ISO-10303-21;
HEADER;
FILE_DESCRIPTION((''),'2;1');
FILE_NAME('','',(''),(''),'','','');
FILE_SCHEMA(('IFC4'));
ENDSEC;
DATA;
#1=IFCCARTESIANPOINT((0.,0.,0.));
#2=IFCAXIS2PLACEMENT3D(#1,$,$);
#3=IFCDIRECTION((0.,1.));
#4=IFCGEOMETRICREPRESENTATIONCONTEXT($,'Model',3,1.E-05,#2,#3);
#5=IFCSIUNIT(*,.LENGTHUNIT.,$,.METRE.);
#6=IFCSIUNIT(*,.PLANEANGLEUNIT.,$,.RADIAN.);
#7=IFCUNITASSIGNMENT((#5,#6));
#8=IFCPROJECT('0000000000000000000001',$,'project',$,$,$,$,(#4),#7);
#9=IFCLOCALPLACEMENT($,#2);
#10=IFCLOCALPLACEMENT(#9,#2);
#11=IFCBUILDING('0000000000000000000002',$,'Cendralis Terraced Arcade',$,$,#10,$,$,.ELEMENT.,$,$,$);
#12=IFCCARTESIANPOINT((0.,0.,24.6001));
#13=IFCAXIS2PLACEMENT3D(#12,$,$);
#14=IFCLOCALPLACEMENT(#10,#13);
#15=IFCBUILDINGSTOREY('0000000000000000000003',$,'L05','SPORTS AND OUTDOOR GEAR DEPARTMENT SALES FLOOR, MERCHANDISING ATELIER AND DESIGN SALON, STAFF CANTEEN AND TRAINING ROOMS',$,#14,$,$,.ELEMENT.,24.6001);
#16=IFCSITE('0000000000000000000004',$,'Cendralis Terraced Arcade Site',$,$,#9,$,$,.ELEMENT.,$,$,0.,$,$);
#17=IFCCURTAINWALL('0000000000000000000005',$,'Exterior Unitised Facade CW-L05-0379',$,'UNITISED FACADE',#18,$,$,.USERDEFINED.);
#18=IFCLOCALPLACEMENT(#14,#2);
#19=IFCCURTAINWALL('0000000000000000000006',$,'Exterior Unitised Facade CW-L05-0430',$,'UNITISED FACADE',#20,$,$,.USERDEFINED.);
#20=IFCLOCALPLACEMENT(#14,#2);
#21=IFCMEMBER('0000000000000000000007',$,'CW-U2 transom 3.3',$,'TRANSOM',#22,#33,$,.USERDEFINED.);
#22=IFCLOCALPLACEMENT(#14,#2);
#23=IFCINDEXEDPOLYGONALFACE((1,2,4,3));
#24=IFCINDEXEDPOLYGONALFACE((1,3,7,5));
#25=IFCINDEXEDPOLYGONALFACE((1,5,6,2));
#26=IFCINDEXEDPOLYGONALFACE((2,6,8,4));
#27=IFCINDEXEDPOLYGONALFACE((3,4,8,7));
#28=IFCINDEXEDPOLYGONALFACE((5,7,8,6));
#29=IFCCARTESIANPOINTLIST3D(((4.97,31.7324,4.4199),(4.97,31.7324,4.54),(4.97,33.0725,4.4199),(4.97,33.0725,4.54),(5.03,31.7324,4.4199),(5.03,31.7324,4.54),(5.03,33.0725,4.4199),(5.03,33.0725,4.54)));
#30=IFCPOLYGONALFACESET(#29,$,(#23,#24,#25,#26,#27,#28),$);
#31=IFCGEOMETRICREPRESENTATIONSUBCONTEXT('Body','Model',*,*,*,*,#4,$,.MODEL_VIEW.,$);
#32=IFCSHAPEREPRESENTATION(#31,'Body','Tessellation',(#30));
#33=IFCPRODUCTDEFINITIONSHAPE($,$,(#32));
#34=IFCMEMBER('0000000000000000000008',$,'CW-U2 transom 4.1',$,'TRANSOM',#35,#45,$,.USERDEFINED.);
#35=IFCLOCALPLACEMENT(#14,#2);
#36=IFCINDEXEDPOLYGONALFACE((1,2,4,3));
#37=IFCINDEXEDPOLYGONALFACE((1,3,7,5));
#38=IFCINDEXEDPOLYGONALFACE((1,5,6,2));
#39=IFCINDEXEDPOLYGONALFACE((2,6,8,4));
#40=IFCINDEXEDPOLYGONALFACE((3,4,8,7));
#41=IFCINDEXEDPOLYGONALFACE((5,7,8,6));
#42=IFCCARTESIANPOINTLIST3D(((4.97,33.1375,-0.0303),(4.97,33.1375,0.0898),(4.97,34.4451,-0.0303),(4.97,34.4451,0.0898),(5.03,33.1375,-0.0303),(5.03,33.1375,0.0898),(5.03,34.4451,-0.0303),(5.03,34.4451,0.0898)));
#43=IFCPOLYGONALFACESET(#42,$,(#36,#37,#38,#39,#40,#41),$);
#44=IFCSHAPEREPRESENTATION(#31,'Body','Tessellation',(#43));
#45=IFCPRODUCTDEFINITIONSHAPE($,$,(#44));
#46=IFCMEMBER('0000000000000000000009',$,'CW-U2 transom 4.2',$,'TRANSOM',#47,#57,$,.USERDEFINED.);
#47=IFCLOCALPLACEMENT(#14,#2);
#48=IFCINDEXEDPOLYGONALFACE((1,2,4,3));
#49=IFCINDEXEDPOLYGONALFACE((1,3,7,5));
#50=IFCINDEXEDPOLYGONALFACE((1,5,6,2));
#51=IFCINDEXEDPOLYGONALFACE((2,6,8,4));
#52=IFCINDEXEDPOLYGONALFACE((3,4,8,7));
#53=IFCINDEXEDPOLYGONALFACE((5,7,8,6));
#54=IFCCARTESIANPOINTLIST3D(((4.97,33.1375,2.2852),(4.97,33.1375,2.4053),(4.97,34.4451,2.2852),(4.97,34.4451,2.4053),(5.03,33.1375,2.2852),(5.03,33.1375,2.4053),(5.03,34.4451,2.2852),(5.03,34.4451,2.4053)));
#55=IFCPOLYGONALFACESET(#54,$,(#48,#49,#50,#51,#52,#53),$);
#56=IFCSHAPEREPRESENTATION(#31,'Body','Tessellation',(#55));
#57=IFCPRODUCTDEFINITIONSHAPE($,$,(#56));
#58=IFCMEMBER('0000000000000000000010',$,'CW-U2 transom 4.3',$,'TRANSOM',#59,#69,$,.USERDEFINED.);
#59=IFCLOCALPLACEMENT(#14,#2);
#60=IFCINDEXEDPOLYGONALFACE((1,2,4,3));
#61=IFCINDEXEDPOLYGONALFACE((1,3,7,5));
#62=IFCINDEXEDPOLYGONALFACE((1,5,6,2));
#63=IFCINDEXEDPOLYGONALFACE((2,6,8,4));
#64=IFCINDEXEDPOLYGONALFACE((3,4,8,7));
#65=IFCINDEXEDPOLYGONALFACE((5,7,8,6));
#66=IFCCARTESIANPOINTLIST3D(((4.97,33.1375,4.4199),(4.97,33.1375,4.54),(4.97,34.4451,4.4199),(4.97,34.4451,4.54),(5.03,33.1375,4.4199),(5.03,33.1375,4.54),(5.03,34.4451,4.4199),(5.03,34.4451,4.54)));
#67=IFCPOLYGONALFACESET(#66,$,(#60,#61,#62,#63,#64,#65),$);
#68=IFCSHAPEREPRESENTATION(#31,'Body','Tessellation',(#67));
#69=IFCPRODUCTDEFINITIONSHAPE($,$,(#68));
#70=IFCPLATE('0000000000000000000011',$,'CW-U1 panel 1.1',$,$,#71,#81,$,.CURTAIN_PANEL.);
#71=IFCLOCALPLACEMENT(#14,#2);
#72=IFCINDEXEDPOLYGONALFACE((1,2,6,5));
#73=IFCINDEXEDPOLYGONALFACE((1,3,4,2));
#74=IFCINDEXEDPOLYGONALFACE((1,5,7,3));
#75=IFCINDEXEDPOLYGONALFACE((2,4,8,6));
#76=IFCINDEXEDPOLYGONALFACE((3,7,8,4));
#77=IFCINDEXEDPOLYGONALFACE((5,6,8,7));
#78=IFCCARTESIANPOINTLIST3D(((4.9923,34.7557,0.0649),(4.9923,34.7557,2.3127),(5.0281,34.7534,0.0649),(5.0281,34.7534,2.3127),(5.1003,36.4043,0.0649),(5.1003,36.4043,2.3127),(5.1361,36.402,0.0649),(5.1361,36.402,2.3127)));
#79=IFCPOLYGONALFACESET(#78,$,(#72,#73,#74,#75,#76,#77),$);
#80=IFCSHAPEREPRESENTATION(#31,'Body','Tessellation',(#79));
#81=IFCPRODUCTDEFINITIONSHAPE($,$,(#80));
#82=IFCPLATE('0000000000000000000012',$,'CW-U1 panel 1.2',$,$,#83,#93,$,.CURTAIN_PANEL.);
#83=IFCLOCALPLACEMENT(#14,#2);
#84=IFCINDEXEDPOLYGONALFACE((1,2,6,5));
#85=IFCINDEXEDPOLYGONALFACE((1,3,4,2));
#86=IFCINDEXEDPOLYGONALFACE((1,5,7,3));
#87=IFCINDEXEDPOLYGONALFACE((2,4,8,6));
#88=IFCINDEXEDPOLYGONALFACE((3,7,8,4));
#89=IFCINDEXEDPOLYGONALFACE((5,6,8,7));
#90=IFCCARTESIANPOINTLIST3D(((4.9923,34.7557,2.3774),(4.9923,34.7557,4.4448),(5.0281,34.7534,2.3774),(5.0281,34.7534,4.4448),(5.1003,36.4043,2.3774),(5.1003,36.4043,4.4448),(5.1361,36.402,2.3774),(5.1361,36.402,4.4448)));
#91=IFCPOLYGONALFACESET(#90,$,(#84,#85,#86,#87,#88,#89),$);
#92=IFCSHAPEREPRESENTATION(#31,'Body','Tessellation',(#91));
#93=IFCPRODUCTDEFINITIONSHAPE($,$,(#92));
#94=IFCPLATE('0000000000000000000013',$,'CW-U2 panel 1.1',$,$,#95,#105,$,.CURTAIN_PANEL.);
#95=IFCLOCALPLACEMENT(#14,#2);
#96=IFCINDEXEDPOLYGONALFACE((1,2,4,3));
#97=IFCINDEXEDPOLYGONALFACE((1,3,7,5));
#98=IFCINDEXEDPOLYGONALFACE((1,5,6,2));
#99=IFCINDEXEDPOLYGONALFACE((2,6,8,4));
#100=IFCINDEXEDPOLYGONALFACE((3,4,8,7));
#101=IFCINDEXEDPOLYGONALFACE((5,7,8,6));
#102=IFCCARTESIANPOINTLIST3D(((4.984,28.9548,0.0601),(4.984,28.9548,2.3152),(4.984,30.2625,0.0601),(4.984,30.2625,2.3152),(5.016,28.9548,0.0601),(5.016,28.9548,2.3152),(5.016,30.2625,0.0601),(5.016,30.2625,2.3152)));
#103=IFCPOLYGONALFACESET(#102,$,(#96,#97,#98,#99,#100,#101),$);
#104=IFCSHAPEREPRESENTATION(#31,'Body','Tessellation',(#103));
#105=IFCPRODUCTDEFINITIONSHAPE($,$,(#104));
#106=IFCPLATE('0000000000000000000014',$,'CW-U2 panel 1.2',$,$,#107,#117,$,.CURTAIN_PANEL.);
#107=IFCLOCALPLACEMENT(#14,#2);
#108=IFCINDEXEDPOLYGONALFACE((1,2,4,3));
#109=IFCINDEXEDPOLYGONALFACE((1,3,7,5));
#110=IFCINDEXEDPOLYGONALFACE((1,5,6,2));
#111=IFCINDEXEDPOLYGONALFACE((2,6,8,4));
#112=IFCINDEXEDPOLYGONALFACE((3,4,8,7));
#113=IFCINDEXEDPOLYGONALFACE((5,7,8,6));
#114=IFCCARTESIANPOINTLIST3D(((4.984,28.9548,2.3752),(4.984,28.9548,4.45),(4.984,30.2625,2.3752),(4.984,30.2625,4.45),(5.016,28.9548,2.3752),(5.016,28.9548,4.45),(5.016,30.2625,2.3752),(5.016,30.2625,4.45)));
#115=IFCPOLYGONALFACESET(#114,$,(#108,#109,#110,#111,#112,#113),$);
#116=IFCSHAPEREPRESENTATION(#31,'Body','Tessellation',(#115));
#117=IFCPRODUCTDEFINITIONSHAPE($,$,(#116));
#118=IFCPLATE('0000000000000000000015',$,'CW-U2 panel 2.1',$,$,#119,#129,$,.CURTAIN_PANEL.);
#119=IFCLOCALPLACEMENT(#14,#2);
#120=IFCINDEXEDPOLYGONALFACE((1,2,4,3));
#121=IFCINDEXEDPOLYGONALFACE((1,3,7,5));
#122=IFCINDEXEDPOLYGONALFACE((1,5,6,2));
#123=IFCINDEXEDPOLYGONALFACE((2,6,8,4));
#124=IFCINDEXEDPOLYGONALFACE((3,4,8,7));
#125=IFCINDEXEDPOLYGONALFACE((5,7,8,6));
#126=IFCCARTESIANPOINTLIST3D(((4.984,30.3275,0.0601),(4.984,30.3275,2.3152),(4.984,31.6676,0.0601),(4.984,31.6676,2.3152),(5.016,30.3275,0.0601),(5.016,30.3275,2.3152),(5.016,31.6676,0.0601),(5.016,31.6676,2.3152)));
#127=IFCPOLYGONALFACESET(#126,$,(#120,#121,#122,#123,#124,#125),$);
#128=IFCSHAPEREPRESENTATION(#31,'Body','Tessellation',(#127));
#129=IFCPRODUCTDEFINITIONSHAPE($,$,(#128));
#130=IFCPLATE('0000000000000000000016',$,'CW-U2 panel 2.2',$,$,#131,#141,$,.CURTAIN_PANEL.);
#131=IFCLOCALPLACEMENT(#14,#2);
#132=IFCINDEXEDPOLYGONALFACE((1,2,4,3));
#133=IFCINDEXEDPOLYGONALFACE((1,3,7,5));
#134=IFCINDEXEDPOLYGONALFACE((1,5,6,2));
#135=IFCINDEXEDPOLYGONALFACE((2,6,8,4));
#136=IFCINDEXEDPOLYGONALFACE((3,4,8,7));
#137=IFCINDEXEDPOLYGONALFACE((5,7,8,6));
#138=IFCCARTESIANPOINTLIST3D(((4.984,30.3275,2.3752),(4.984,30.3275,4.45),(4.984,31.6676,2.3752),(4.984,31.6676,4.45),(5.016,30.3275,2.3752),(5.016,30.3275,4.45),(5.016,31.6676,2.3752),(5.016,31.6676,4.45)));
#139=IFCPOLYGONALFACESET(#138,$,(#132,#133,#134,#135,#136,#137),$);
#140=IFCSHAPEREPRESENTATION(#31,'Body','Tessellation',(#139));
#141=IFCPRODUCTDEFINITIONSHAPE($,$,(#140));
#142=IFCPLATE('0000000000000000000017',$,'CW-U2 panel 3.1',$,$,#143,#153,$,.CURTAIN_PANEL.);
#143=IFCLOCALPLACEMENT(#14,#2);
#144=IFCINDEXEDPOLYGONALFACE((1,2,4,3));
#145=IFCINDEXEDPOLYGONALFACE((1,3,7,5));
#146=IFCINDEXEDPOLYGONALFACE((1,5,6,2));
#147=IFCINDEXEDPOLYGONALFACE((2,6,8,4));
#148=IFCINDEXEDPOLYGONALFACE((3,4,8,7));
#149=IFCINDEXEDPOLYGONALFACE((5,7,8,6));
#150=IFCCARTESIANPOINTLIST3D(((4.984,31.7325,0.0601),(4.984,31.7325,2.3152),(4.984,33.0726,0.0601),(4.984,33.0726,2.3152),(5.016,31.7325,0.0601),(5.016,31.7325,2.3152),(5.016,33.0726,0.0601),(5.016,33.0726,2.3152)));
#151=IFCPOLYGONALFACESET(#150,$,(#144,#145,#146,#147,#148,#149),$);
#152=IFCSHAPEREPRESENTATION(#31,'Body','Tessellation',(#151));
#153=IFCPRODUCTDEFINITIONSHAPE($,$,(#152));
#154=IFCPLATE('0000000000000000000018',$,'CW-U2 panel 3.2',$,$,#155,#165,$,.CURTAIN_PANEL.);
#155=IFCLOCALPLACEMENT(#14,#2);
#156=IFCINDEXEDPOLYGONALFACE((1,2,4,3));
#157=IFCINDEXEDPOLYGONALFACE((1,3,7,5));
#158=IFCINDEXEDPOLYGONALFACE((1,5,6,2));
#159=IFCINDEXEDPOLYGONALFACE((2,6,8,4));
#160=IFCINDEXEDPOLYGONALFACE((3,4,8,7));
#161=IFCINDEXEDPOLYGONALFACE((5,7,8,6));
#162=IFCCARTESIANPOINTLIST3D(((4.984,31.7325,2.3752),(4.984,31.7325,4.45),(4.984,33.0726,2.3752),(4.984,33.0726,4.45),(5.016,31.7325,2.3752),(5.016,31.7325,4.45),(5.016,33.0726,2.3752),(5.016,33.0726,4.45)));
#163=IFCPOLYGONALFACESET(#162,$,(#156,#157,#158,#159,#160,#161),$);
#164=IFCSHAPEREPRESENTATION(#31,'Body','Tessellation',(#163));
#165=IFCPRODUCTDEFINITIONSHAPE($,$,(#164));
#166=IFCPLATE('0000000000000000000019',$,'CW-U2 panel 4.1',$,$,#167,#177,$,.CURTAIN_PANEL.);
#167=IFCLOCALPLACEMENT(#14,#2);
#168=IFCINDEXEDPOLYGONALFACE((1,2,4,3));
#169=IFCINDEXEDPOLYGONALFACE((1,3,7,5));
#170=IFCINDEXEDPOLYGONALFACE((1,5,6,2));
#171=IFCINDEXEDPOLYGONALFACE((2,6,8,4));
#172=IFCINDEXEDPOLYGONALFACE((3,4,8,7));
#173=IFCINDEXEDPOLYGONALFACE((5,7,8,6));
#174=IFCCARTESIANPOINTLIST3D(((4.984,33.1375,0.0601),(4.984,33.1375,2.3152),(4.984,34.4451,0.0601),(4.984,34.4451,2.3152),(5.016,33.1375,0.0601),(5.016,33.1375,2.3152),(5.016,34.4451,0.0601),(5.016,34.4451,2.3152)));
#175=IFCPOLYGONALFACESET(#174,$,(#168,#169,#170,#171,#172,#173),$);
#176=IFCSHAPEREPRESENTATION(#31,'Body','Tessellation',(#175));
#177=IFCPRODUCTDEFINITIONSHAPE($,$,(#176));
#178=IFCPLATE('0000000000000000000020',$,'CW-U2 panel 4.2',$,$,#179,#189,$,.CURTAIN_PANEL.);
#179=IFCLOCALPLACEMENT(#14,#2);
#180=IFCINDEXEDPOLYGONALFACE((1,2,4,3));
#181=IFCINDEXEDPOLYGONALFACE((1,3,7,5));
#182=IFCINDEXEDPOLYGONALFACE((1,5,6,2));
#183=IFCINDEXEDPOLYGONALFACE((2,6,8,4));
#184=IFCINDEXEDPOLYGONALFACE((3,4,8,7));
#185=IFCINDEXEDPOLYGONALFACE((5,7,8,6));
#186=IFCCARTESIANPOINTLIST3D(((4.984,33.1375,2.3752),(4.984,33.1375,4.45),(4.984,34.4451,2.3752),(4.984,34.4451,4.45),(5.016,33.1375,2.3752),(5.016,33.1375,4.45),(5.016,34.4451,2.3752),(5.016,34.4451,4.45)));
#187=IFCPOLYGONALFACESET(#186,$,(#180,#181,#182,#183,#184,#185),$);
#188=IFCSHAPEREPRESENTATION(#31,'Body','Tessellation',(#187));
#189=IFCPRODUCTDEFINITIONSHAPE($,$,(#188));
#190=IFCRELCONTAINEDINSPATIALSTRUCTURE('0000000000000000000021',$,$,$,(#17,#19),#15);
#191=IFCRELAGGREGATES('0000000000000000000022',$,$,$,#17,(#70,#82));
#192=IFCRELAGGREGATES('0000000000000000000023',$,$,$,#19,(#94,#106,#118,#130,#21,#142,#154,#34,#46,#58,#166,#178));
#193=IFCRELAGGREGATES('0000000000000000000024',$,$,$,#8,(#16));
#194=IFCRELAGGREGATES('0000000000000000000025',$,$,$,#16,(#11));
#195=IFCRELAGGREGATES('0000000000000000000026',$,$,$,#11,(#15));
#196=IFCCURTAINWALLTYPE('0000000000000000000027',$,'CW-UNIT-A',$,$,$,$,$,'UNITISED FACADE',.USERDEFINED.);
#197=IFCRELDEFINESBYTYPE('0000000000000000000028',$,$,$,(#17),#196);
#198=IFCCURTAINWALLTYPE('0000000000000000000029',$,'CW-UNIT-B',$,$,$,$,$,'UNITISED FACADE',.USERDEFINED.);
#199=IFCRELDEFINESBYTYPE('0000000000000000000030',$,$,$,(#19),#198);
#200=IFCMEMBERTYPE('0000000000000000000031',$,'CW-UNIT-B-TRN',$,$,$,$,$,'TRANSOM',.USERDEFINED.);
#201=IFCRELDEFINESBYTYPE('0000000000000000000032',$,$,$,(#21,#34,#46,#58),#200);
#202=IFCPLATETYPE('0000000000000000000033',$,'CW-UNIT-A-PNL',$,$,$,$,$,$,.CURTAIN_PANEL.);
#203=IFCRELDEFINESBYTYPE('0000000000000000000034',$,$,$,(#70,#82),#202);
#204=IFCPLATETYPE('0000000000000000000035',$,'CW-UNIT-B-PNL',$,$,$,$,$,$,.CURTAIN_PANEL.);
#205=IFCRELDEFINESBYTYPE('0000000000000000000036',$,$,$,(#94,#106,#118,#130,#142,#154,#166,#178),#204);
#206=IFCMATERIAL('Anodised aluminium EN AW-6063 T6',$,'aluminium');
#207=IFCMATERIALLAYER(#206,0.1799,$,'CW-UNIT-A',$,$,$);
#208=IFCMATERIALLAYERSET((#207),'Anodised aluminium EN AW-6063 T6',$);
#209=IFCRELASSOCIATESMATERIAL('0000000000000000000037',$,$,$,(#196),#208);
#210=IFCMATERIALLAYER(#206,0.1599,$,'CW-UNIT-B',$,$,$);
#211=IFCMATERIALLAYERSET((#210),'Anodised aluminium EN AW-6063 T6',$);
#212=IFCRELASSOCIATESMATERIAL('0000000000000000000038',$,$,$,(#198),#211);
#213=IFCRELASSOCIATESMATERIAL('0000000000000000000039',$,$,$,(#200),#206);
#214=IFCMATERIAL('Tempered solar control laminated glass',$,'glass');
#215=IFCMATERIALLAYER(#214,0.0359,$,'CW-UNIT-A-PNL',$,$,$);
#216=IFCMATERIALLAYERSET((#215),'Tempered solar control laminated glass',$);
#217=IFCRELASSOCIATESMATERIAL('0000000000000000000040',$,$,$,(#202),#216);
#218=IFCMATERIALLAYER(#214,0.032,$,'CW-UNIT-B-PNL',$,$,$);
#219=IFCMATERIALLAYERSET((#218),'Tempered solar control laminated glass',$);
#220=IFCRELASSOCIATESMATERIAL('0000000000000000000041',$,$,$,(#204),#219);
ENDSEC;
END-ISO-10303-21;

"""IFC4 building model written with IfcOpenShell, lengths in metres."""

from ifc_helpers import new_model, si_unit, direction, frame, origin, origin_2d, place, context, subcontext, project, spatial, rectangle, extrude, material, layer, layer_set, material_profile, profile_set, type_object, element, aggregate, save


model = new_model("IFC4")

# Units and contexts
model_context = context("Model", 3, precision=1e-05, world=origin(), true_north=direction((0.0, 1.0)))
body_context = subcontext(model_context, "Body", "Model", "MODEL_VIEW")
ifc_project = project(units=[si_unit("LENGTHUNIT", "METRE"), si_unit("PLANEANGLEUNIT", "RADIAN")], contexts=[model_context])

# Site, building, storey
site_placement = place(None, origin())
site = spatial("IfcSite", under=ifc_project, at=site_placement, Name="Cendralis Terraced Arcade Site", CompositionType="ELEMENT", RefElevation=0.0)
building_placement = place(site_placement, origin())
building = spatial("IfcBuilding", under=site, at=building_placement, Name="Cendralis Terraced Arcade", CompositionType="ELEMENT")
storey_placement = place(building_placement, frame((0.0, 0.0, 24.6001)))
storey = spatial("IfcBuildingStorey", under=building, at=storey_placement, Name="L05", Description="SPORTS AND OUTDOOR GEAR DEPARTMENT SALES FLOOR, MERCHANDISING ATELIER AND DESIGN SALON, STAFF CANTEEN AND TRAINING ROOMS", CompositionType="ELEMENT", Elevation=24.6001)

# Curtain walls, members
ifc_material_1 = material(Name="Anodised aluminium EN AW-6063 T6", Category="aluminium")
ifc_layer_1 = layer(ifc_material_1, 0.1799, Name="CW-UNIT-A")
ifc_layer_set_1 = layer_set([ifc_layer_1], Name="Anodised aluminium EN AW-6063 T6")
curtain_wall_type_1 = type_object("IfcCurtainWallType", Name="CW-UNIT-A", ElementType="UNITISED FACADE", PredefinedType="USERDEFINED", material=ifc_layer_set_1)
curtain_wall_1_placement = place(storey_placement, origin())
curtain_wall_1 = element("IfcCurtainWall", 1, at=curtain_wall_1_placement, inside=storey, type_object=curtain_wall_type_1, Name="Exterior Unitised Facade CW-L05-0379", ObjectType="UNITISED FACADE", PredefinedType="USERDEFINED")
ifc_layer_2 = layer(ifc_material_1, 0.1599, Name="CW-UNIT-B")
ifc_layer_set_2 = layer_set([ifc_layer_2], Name="Anodised aluminium EN AW-6063 T6")
curtain_wall_type_2 = type_object("IfcCurtainWallType", Name="CW-UNIT-B", ElementType="UNITISED FACADE", PredefinedType="USERDEFINED", material=ifc_layer_set_2)
curtain_wall_2_placement = place(storey_placement, origin())
curtain_wall_2 = element("IfcCurtainWall", 2, at=curtain_wall_2_placement, inside=storey, type_object=curtain_wall_type_2, Name="Exterior Unitised Facade CW-L05-0430", ObjectType="UNITISED FACADE", PredefinedType="USERDEFINED")
ifc_material_profile_1 = material_profile(ifc_material_1, rectangle(XDim=0.0601, YDim=0.1201, at=origin_2d()), Name="ALU-TRN-60x120")
ifc_profile_set_1 = profile_set([ifc_material_profile_1], Name="Anodised aluminium EN AW-6063 T6")
member_type_1 = type_object("IfcMemberType", Name="CW-UNIT-B-TRN", ElementType="TRANSOM", PredefinedType="USERDEFINED", material=ifc_profile_set_1)
member_1_placement = place(storey_placement, frame((5.0, 31.7324, 4.48), z_axis=(0.0, 1.0, 0.0), x_axis=(-1.0, 0.0, 0.0)))
member_1 = element("IfcMember", 3, at=member_1_placement, type_object=member_type_1, Name="CW-U2 transom 3.3", ObjectType="TRANSOM", PredefinedType="USERDEFINED", context=body_context, shape_type="SweptSolid", body=[
    extrude(rectangle(XDim=0.0601, YDim=0.1201, at=origin_2d()), origin(), (0.0, 0.0, 1.0), 1.3401),
])
member_2_placement = place(storey_placement, frame((5.0, 33.1375, 0.0298), z_axis=(0.0, 1.0, 0.0), x_axis=(-1.0, 0.0, 0.0)))
member_2 = element("IfcMember", 4, at=member_2_placement, type_object=member_type_1, Name="CW-U2 transom 4.1", ObjectType="TRANSOM", PredefinedType="USERDEFINED", context=body_context, shape_type="SweptSolid", body=[
    extrude(rectangle(XDim=0.0601, YDim=0.1201, at=origin_2d()), origin(), (0.0, 0.0, 1.0), 1.3076),
])
member_3_placement = place(storey_placement, frame((5.0, 33.1375, 2.3452), z_axis=(0.0, 1.0, 0.0), x_axis=(-1.0, 0.0, 0.0)))
member_3 = element("IfcMember", 5, at=member_3_placement, type_object=member_type_1, Name="CW-U2 transom 4.2", ObjectType="TRANSOM", PredefinedType="USERDEFINED", context=body_context, shape_type="SweptSolid", body=[
    extrude(rectangle(XDim=0.0601, YDim=0.1201, at=origin_2d()), origin(), (0.0, 0.0, 1.0), 1.3076),
])
member_4_placement = place(storey_placement, frame((5.0, 33.1375, 4.48), z_axis=(0.0, 1.0, 0.0), x_axis=(-1.0, 0.0, 0.0)))
member_4 = element("IfcMember", 6, at=member_4_placement, type_object=member_type_1, Name="CW-U2 transom 4.3", ObjectType="TRANSOM", PredefinedType="USERDEFINED", context=body_context, shape_type="SweptSolid", body=[
    extrude(rectangle(XDim=0.0601, YDim=0.1201, at=origin_2d()), origin(), (0.0, 0.0, 1.0), 1.3076),
])

# Plates
ifc_material_2 = material(Name="Tempered solar control laminated glass", Category="glass")
ifc_layer_3 = layer(ifc_material_2, 0.0359, Name="CW-UNIT-A-PNL")
ifc_layer_set_3 = layer_set([ifc_layer_3], Name="Tempered solar control laminated glass")
plate_type_1 = type_object("IfcPlateType", Name="CW-UNIT-A-PNL", PredefinedType="CURTAIN_PANEL", material=ifc_layer_set_3)
plate_1_placement = place(storey_placement, frame((5.0642, 35.5789, 0.0649), z_axis=(0.0, 0.0, 1.0), x_axis=(0.065372, 0.997861, 0.0)))
plate_1 = element("IfcPlate", 7, at=plate_1_placement, type_object=plate_type_1, Name="CW-U1 panel 1.1", PredefinedType="CURTAIN_PANEL", context=body_context, shape_type="SweptSolid", body=[
    extrude(rectangle(XDim=1.6521, YDim=0.0359, at=origin_2d()), origin(), (0.0, 0.0, 1.0), 2.2478),
])
plate_2_placement = place(storey_placement, frame((5.0642, 35.5789, 2.3774), z_axis=(0.0, 0.0, 1.0), x_axis=(0.065372, 0.997861, 0.0)))
plate_2 = element("IfcPlate", 8, at=plate_2_placement, type_object=plate_type_1, Name="CW-U1 panel 1.2", PredefinedType="CURTAIN_PANEL", context=body_context, shape_type="SweptSolid", body=[
    extrude(rectangle(XDim=1.6521, YDim=0.0359, at=origin_2d()), origin(), (0.0, 0.0, 1.0), 2.0674),
])
aggregate(curtain_wall_1, [plate_1, plate_2])
ifc_layer_4 = layer(ifc_material_2, 0.032, Name="CW-UNIT-B-PNL")
ifc_layer_set_4 = layer_set([ifc_layer_4], Name="Tempered solar control laminated glass")
plate_type_2 = type_object("IfcPlateType", Name="CW-UNIT-B-PNL", PredefinedType="CURTAIN_PANEL", material=ifc_layer_set_4)
plate_3_placement = place(storey_placement, frame((5.0, 29.6086, 0.0601), z_axis=(0.0, 0.0, 1.0), x_axis=(0.0, 1.0, 0.0)))
plate_3 = element("IfcPlate", 9, at=plate_3_placement, type_object=plate_type_2, Name="CW-U2 panel 1.1", PredefinedType="CURTAIN_PANEL", context=body_context, shape_type="SweptSolid", body=[
    extrude(rectangle(XDim=1.3076, YDim=0.032, at=origin_2d()), origin(), (0.0, 0.0, 1.0), 2.2551),
])
plate_4_placement = place(storey_placement, frame((5.0, 29.6086, 2.3752), z_axis=(0.0, 0.0, 1.0), x_axis=(0.0, 1.0, 0.0)))
plate_4 = element("IfcPlate", 10, at=plate_4_placement, type_object=plate_type_2, Name="CW-U2 panel 1.2", PredefinedType="CURTAIN_PANEL", context=body_context, shape_type="SweptSolid", body=[
    extrude(rectangle(XDim=1.3076, YDim=0.032, at=origin_2d()), origin(), (0.0, 0.0, 1.0), 2.0747),
])
plate_5_placement = place(storey_placement, frame((5.0, 30.9976, 0.0601), z_axis=(0.0, 0.0, 1.0), x_axis=(0.0, 1.0, 0.0)))
plate_5 = element("IfcPlate", 11, at=plate_5_placement, type_object=plate_type_2, Name="CW-U2 panel 2.1", PredefinedType="CURTAIN_PANEL", context=body_context, shape_type="SweptSolid", body=[
    extrude(rectangle(XDim=1.3401, YDim=0.032, at=origin_2d()), origin(), (0.0, 0.0, 1.0), 2.2551),
])
plate_6_placement = place(storey_placement, frame((5.0, 30.9976, 2.3752), z_axis=(0.0, 0.0, 1.0), x_axis=(0.0, 1.0, 0.0)))
plate_6 = element("IfcPlate", 12, at=plate_6_placement, type_object=plate_type_2, Name="CW-U2 panel 2.2", PredefinedType="CURTAIN_PANEL", context=body_context, shape_type="SweptSolid", body=[
    extrude(rectangle(XDim=1.3401, YDim=0.032, at=origin_2d()), origin(), (0.0, 0.0, 1.0), 2.0747),
])
plate_7_placement = place(storey_placement, frame((5.0, 32.4026, 0.0601), z_axis=(0.0, 0.0, 1.0), x_axis=(0.0, 1.0, 0.0)))
plate_7 = element("IfcPlate", 13, at=plate_7_placement, type_object=plate_type_2, Name="CW-U2 panel 3.1", PredefinedType="CURTAIN_PANEL", context=body_context, shape_type="SweptSolid", body=[
    extrude(rectangle(XDim=1.3401, YDim=0.032, at=origin_2d()), origin(), (0.0, 0.0, 1.0), 2.2551),
])
plate_8_placement = place(storey_placement, frame((5.0, 32.4026, 2.3752), z_axis=(0.0, 0.0, 1.0), x_axis=(0.0, 1.0, 0.0)))
plate_8 = element("IfcPlate", 14, at=plate_8_placement, type_object=plate_type_2, Name="CW-U2 panel 3.2", PredefinedType="CURTAIN_PANEL", context=body_context, shape_type="SweptSolid", body=[
    extrude(rectangle(XDim=1.3401, YDim=0.032, at=origin_2d()), origin(), (0.0, 0.0, 1.0), 2.0747),
])
plate_9_placement = place(storey_placement, frame((5.0, 33.7913, 0.0601), z_axis=(0.0, 0.0, 1.0), x_axis=(0.0, 1.0, 0.0)))
plate_9 = element("IfcPlate", 15, at=plate_9_placement, type_object=plate_type_2, Name="CW-U2 panel 4.1", PredefinedType="CURTAIN_PANEL", context=body_context, shape_type="SweptSolid", body=[
    extrude(rectangle(XDim=1.3076, YDim=0.032, at=origin_2d()), origin(), (0.0, 0.0, 1.0), 2.2551),
])
plate_10_placement = place(storey_placement, frame((5.0, 33.7913, 2.3752), z_axis=(0.0, 0.0, 1.0), x_axis=(0.0, 1.0, 0.0)))
plate_10 = element("IfcPlate", 16, at=plate_10_placement, type_object=plate_type_2, Name="CW-U2 panel 4.2", PredefinedType="CURTAIN_PANEL", context=body_context, shape_type="SweptSolid", body=[
    extrude(rectangle(XDim=1.3076, YDim=0.032, at=origin_2d()), origin(), (0.0, 0.0, 1.0), 2.0747),
])
aggregate(curtain_wall_2, [plate_3, plate_4, plate_5, plate_6, member_1, plate_7, plate_8, member_2, member_3, member_4, plate_9, plate_10])

save(model, "model.ifc")
